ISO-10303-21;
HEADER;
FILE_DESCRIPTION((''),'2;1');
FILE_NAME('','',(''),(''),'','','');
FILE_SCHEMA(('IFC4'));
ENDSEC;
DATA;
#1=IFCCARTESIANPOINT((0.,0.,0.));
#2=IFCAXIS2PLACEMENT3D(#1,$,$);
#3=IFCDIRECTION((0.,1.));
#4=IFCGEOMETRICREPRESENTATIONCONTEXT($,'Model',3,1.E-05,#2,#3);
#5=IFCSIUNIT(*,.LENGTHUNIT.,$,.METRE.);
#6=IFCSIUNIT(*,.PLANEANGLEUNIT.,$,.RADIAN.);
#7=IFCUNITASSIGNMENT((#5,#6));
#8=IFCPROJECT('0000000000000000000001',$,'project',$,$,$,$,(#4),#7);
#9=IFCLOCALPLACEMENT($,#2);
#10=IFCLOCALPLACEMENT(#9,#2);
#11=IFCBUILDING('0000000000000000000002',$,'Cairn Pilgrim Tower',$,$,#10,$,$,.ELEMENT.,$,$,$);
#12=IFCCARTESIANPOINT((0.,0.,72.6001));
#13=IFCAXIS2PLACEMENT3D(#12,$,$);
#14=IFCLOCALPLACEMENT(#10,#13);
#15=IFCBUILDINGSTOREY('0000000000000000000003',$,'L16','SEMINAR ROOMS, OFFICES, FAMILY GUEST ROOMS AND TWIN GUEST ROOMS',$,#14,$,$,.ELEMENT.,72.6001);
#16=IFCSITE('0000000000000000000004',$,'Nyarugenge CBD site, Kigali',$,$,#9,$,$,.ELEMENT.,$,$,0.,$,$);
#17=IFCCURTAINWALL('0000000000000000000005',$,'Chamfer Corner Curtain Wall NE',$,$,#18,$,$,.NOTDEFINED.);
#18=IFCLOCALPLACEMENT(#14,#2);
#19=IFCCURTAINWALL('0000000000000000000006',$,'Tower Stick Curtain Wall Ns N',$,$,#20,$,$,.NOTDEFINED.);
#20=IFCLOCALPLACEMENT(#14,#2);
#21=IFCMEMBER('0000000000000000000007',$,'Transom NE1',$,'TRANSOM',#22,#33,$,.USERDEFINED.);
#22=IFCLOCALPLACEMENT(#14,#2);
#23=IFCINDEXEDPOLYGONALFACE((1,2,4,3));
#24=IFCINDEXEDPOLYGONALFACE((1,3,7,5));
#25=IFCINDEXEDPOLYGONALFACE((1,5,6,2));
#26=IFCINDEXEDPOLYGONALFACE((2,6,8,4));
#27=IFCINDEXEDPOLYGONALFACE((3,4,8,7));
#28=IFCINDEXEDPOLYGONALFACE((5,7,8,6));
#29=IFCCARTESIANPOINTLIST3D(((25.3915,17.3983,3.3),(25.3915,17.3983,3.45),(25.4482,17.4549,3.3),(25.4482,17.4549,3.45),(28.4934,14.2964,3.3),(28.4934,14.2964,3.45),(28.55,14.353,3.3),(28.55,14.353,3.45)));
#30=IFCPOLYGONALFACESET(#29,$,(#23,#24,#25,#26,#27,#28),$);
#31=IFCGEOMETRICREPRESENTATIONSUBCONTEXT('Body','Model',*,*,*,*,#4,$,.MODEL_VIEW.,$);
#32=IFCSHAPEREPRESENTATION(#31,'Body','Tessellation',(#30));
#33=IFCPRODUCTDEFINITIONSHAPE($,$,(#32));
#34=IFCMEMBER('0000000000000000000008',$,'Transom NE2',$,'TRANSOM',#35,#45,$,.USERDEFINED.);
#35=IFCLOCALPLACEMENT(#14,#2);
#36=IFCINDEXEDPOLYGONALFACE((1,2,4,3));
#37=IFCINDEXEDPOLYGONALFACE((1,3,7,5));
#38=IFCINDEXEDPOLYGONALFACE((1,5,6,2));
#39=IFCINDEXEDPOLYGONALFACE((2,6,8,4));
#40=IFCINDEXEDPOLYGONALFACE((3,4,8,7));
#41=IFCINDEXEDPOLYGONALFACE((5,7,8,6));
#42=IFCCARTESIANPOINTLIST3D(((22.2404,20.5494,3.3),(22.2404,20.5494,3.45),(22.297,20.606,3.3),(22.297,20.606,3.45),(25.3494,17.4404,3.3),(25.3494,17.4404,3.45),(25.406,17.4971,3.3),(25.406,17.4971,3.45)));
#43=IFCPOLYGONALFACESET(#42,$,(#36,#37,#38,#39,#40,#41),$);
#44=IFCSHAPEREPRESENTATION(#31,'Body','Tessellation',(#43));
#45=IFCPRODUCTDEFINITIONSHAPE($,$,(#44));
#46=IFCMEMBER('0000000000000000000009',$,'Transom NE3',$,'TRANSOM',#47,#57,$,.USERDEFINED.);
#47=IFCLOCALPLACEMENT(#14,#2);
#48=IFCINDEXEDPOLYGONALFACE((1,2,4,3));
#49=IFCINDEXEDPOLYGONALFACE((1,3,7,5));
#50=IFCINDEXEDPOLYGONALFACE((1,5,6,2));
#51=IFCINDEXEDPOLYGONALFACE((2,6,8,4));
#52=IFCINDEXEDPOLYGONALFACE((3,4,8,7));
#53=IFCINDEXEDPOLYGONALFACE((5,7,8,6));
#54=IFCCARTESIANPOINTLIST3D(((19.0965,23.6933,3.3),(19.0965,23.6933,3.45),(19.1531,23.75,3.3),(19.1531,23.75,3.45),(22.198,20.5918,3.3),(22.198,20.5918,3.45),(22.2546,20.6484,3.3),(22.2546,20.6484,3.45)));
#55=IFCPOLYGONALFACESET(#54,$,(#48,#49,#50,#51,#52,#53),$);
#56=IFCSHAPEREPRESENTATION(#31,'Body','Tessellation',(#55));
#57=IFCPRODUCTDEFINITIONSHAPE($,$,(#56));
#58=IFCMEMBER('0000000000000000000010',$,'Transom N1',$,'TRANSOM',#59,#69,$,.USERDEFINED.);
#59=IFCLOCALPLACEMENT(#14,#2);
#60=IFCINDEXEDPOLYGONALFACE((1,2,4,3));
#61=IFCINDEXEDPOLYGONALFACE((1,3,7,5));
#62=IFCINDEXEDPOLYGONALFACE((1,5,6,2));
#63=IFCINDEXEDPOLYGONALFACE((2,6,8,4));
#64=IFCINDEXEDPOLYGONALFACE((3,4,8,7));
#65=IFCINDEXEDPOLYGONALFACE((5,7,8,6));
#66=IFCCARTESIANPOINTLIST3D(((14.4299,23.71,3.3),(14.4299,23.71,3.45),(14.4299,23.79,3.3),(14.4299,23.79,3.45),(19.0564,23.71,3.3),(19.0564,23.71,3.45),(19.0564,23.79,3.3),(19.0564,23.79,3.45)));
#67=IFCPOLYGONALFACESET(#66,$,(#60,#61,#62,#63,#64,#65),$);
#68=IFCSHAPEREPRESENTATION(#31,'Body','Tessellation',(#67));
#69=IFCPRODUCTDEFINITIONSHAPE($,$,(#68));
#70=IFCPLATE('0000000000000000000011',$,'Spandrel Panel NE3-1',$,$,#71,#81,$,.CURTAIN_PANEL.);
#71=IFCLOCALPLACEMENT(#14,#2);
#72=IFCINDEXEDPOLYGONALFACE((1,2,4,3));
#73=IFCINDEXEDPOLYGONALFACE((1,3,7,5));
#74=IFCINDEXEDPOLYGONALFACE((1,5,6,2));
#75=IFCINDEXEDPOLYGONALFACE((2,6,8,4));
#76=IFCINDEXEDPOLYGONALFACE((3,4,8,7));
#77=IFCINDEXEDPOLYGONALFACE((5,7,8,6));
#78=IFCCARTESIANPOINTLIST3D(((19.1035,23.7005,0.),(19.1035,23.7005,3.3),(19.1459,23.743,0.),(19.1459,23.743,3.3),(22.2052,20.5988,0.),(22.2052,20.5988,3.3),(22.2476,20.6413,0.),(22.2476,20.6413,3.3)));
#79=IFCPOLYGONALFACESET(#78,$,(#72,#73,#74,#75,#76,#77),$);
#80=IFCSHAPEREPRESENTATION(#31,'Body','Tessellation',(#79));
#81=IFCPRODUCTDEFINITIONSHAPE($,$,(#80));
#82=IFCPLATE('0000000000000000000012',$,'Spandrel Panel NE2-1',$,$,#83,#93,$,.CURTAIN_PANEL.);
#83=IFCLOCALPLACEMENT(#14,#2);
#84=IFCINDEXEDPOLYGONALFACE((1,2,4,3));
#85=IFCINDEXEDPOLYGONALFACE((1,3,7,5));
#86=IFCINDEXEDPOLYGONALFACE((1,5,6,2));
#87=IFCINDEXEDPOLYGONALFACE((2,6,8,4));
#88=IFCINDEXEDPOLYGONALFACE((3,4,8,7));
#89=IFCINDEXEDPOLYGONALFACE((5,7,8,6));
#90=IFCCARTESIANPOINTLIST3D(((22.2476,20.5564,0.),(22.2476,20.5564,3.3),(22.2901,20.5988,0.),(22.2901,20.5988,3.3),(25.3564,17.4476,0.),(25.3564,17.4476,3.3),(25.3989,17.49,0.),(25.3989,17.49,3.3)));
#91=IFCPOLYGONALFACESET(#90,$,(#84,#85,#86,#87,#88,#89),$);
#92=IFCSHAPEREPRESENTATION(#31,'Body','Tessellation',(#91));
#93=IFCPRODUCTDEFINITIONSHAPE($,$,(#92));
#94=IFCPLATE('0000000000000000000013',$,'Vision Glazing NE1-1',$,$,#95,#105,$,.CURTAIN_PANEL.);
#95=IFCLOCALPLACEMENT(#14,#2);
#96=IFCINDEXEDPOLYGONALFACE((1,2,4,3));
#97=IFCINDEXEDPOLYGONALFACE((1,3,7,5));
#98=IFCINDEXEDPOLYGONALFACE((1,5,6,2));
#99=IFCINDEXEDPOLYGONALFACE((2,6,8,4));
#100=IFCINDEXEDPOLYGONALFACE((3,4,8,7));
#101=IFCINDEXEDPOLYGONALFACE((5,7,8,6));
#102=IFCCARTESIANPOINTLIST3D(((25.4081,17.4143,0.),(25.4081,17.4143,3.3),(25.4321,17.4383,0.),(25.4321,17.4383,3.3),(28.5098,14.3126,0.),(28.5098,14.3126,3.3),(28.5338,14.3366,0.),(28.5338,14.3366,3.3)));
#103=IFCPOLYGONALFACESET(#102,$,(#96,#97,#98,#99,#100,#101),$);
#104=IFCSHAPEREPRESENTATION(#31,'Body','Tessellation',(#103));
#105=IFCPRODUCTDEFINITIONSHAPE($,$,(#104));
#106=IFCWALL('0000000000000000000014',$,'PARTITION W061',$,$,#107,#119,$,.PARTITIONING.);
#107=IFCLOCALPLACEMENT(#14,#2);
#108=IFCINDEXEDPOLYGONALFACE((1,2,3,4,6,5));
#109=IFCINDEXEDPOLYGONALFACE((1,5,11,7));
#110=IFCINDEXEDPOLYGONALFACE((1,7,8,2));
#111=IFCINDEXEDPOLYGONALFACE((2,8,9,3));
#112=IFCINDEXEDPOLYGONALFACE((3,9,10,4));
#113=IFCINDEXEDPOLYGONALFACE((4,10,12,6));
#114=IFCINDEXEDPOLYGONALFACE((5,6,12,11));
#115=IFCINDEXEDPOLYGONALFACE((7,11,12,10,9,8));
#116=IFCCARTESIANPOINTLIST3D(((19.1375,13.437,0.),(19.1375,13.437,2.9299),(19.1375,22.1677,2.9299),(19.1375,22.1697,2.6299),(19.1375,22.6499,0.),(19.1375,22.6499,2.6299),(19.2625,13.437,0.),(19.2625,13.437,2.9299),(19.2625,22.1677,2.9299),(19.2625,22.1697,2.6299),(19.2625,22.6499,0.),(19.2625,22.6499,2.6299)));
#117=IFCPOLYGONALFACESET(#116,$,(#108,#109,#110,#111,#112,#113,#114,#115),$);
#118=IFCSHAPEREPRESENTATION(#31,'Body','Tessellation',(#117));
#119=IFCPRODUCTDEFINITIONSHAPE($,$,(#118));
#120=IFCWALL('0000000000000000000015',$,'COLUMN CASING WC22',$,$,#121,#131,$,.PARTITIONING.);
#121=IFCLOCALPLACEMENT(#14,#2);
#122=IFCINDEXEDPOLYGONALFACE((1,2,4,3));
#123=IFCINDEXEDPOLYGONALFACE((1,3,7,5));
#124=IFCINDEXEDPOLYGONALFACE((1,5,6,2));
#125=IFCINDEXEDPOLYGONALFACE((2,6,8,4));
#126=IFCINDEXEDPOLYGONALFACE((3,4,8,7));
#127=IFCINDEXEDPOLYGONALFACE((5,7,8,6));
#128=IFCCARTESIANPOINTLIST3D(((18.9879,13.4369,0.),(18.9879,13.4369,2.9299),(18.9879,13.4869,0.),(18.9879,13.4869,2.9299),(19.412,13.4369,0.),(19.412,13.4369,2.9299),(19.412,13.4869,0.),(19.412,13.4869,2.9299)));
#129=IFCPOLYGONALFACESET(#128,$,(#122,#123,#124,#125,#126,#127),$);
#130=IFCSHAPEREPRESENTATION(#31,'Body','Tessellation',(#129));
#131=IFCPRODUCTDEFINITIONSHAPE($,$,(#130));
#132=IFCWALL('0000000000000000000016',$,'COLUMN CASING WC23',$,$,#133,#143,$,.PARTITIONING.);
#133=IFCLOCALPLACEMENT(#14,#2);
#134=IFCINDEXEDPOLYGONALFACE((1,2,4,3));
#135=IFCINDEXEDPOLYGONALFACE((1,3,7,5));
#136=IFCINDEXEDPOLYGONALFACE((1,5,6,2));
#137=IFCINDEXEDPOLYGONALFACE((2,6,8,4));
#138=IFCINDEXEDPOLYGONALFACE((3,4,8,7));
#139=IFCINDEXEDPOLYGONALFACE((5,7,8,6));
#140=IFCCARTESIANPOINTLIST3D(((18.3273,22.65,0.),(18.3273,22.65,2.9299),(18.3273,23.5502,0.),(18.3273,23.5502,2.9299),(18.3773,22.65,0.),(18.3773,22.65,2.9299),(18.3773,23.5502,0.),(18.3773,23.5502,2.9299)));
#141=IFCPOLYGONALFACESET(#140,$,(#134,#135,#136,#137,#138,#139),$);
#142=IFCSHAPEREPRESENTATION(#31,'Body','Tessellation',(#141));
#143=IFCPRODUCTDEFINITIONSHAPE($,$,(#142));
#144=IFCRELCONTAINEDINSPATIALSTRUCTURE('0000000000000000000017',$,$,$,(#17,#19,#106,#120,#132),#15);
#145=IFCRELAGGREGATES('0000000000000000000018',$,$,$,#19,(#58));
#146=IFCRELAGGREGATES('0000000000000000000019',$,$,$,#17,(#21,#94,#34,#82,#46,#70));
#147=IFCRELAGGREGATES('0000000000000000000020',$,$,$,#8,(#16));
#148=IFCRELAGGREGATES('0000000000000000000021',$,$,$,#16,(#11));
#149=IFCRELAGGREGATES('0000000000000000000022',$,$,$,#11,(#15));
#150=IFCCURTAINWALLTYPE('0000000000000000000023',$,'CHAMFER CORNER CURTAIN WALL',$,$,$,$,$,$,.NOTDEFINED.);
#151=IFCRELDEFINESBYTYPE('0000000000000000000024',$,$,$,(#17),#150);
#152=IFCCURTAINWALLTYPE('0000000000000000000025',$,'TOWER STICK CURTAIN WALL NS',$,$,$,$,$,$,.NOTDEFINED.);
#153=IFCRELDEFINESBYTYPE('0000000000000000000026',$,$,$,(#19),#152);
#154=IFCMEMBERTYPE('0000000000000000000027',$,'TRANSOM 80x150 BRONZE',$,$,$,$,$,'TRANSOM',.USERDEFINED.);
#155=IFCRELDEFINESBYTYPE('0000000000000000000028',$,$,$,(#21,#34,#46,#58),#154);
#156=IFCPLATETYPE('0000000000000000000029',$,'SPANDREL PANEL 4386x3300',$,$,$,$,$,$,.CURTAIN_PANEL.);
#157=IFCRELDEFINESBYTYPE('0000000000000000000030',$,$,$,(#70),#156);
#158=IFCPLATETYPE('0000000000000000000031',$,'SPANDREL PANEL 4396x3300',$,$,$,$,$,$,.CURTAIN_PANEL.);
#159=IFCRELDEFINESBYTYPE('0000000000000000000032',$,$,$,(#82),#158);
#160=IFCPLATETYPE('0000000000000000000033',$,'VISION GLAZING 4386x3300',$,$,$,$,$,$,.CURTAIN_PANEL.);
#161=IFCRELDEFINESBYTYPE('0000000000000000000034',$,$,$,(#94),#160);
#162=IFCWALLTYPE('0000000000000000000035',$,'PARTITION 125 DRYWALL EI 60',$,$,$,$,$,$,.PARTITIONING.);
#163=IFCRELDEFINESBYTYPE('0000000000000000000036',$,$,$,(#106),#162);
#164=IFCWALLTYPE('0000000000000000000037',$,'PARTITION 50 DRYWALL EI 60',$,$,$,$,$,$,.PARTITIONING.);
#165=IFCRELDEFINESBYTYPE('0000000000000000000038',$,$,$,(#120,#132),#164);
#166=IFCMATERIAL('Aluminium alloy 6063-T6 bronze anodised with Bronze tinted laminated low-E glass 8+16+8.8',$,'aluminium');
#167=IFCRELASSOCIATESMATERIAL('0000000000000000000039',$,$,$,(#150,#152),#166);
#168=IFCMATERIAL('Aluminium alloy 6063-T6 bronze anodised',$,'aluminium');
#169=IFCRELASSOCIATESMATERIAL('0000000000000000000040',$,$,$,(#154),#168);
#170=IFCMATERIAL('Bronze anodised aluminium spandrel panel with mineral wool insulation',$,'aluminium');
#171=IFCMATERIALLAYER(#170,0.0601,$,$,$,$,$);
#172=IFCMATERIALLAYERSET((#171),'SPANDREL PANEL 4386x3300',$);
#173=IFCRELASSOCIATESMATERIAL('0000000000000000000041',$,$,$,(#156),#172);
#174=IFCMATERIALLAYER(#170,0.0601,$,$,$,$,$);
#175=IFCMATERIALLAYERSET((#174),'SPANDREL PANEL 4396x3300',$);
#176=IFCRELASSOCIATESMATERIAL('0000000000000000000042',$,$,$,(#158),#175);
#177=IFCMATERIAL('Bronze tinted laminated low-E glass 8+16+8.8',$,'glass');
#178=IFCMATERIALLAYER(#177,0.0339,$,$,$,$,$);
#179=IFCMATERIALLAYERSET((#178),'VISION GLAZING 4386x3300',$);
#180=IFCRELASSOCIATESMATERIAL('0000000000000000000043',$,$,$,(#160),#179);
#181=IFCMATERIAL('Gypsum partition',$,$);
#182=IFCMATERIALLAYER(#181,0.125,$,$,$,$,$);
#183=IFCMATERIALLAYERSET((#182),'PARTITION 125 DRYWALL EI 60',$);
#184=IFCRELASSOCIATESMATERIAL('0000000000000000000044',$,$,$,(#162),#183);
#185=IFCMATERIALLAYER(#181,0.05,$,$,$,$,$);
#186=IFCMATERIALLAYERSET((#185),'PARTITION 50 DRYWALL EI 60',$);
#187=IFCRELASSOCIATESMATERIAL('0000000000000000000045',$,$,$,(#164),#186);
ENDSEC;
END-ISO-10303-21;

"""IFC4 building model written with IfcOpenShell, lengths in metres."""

from ifc_helpers import new_model, si_unit, direction, frame, frame_2d, origin, origin_2d, place, context, subcontext, project, spatial, polyline, rectangle, outline, extrude, material, layer, layer_set, material_profile, profile_set, type_object, element, aggregate, save


model = new_model("IFC4")

# Units and contexts
model_context = context("Model", 3, precision=1e-05, world=origin(), true_north=direction((0.0, 1.0)))
body_context = subcontext(model_context, "Body", "Model", "MODEL_VIEW")
ifc_project = project(units=[si_unit("LENGTHUNIT", "METRE"), si_unit("PLANEANGLEUNIT", "RADIAN")], contexts=[model_context])

# Site, building, storey
site_placement = place(None, origin())
site = spatial("IfcSite", under=ifc_project, at=site_placement, Name="Nyarugenge CBD site, Kigali", CompositionType="ELEMENT", RefElevation=0.0)
building_placement = place(site_placement, origin())
building = spatial("IfcBuilding", under=site, at=building_placement, Name="Cairn Pilgrim Tower", CompositionType="ELEMENT")
storey_placement = place(building_placement, frame((0.0, 0.0, 72.6001)))
storey = spatial("IfcBuildingStorey", under=building, at=storey_placement, Name="L16", Description="SEMINAR ROOMS, OFFICES, FAMILY GUEST ROOMS AND TWIN GUEST ROOMS", CompositionType="ELEMENT", Elevation=72.6001)

# Curtain wall
ifc_material_1 = material(Name="Aluminium alloy 6063-T6 bronze anodised with Bronze tinted laminated low-E glass 8+16+8.8", Category="aluminium")
curtain_wall_type_1 = type_object("IfcCurtainWallType", Name="CHAMFER CORNER CURTAIN WALL", PredefinedType="NOTDEFINED", material=ifc_material_1)
curtain_wall_1_placement = place(storey_placement, origin())
curtain_wall_1 = element("IfcCurtainWall", 1, at=curtain_wall_1_placement, inside=storey, type_object=curtain_wall_type_1, Name="Chamfer Corner Curtain Wall NE", PredefinedType="NOTDEFINED")
ifc_material_2 = material(Name="Aluminium alloy 6063-T6 bronze anodised", Category="aluminium")

# Curtain wall
curtain_wall_type_2 = type_object("IfcCurtainWallType", Name="TOWER STICK CURTAIN WALL NS", PredefinedType="NOTDEFINED", material=ifc_material_1)
curtain_wall_2_placement = place(storey_placement, origin())
curtain_wall_2 = element("IfcCurtainWall", 2, at=curtain_wall_2_placement, inside=storey, type_object=curtain_wall_type_2, Name="Tower Stick Curtain Wall Ns N", PredefinedType="NOTDEFINED")

# Members
ifc_material_profile_1 = material_profile(ifc_material_2, rectangle(XDim=0.0801, YDim=0.1499, at=origin_2d()), Name="TRANSOM 80x150 BRONZE")
ifc_profile_set_1 = profile_set([ifc_material_profile_1], Name="Aluminium alloy 6063-T6 bronze anodised")
member_type_1 = type_object("IfcMemberType", Name="TRANSOM 80x150 BRONZE", ElementType="TRANSOM", PredefinedType="USERDEFINED", material=ifc_profile_set_1)
member_1_placement = place(storey_placement, frame((28.5217, 14.3247, 3.375), z_axis=(-0.707107, 0.707107, 0.0), x_axis=(-0.707107, -0.707107, 0.0)))
member_1 = element("IfcMember", 3, at=member_1_placement, type_object=member_type_1, Name="Transom NE1", ObjectType="TRANSOM", PredefinedType="USERDEFINED", context=body_context, shape_type="SweptSolid", body=[
    extrude(rectangle(XDim=0.0801, YDim=0.1499, at=origin_2d()), origin(), (0.0, 0.0, 1.0), 4.3867),
])
member_2_placement = place(storey_placement, frame((25.3777, 17.4688, 3.375), z_axis=(-0.707107, 0.707107, 0.0), x_axis=(-0.707107, -0.707107, 0.0)))
member_2 = element("IfcMember", 4, at=member_2_placement, type_object=member_type_1, Name="Transom NE2", ObjectType="TRANSOM", PredefinedType="USERDEFINED", context=body_context, shape_type="SweptSolid", body=[
    extrude(rectangle(XDim=0.0801, YDim=0.1499, at=origin_2d()), origin(), (0.0, 0.0, 1.0), 4.3967),
])
member_3_placement = place(storey_placement, frame((22.2263, 20.6201, 3.375), z_axis=(-0.707107, 0.707107, 0.0), x_axis=(-0.707107, -0.707107, 0.0)))
member_3 = element("IfcMember", 5, at=member_3_placement, type_object=member_type_1, Name="Transom NE3", ObjectType="TRANSOM", PredefinedType="USERDEFINED", context=body_context, shape_type="SweptSolid", body=[
    extrude(rectangle(XDim=0.0801, YDim=0.1499, at=origin_2d()), origin(), (0.0, 0.0, 1.0), 4.3862),
])
member_4_placement = place(storey_placement, frame((19.0564, 23.75, 3.375), z_axis=(-1.0, 0.0, 0.0), x_axis=(0.0, -1.0, 0.0)))
member_4 = element("IfcMember", 6, at=member_4_placement, type_object=member_type_1, Name="Transom N1", ObjectType="TRANSOM", PredefinedType="USERDEFINED", context=body_context, shape_type="SweptSolid", body=[
    extrude(rectangle(XDim=0.0801, YDim=0.1499, at=origin_2d()), origin(), (0.0, 0.0, 1.0), 4.6265),
])
aggregate(curtain_wall_2, [member_4])

# Plates
ifc_material_3 = material(Name="Bronze anodised aluminium spandrel panel with mineral wool insulation", Category="aluminium")
ifc_layer_1 = layer(ifc_material_3, 0.0601)
ifc_layer_set_1 = layer_set([ifc_layer_1], Name="SPANDREL PANEL 4386x3300")
plate_type_1 = type_object("IfcPlateType", Name="SPANDREL PANEL 4386x3300", PredefinedType="CURTAIN_PANEL", material=ifc_layer_set_1)
plate_1_placement = place(storey_placement, frame((20.6755, 22.1709, 0.0), z_axis=(0.0, 0.0, 1.0), x_axis=(-0.707107, 0.707107, 0.0)))
plate_1 = element("IfcPlate", 7, at=plate_1_placement, type_object=plate_type_1, Name="Spandrel Panel NE3-1", PredefinedType="CURTAIN_PANEL", context=body_context, shape_type="SweptSolid", body=[
    extrude(rectangle(XDim=4.3865, YDim=0.0601, at=origin_2d()), origin(), (0.0, 0.0, 1.0), 3.3),
])
ifc_layer_2 = layer(ifc_material_3, 0.0601)
ifc_layer_set_2 = layer_set([ifc_layer_2], Name="SPANDREL PANEL 4396x3300")
plate_type_2 = type_object("IfcPlateType", Name="SPANDREL PANEL 4396x3300", PredefinedType="CURTAIN_PANEL", material=ifc_layer_set_2)
plate_2_placement = place(storey_placement, frame((23.8232, 19.0232, 0.0), z_axis=(0.0, 0.0, 1.0), x_axis=(-0.707107, 0.707107, 0.0)))
plate_2 = element("IfcPlate", 8, at=plate_2_placement, type_object=plate_type_2, Name="Spandrel Panel NE2-1", PredefinedType="CURTAIN_PANEL", context=body_context, shape_type="SweptSolid", body=[
    extrude(rectangle(XDim=4.3965, YDim=0.0601, at=origin_2d()), origin(), (0.0, 0.0, 1.0), 3.3),
])
ifc_material_4 = material(Name="Bronze tinted laminated low-E glass 8+16+8.8", Category="glass")
ifc_layer_3 = layer(ifc_material_4, 0.0339)
ifc_layer_set_3 = layer_set([ifc_layer_3], Name="VISION GLAZING 4386x3300")
plate_type_3 = type_object("IfcPlateType", Name="VISION GLAZING 4386x3300", PredefinedType="CURTAIN_PANEL", material=ifc_layer_set_3)
plate_3_placement = place(storey_placement, frame((26.9709, 15.8755, 0.0), z_axis=(0.0, 0.0, 1.0), x_axis=(-0.707107, 0.707107, 0.0)))
plate_3 = element("IfcPlate", 9, at=plate_3_placement, type_object=plate_type_3, Name="Vision Glazing NE1-1", PredefinedType="CURTAIN_PANEL", context=body_context, shape_type="SweptSolid", body=[
    extrude(rectangle(XDim=4.3865, YDim=0.0339, at=origin_2d()), origin(), (0.0, 0.0, 1.0), 3.3),
])
aggregate(curtain_wall_1, [member_1, plate_3, member_2, plate_2, member_3, plate_1])

# Walls
ifc_material_5 = material(Name="Gypsum partition")
ifc_layer_4 = layer(ifc_material_5, 0.125)
ifc_layer_set_4 = layer_set([ifc_layer_4], Name="PARTITION 125 DRYWALL EI 60")
wall_type_1 = type_object("IfcWallType", Name="PARTITION 125 DRYWALL EI 60", PredefinedType="PARTITIONING", material=ifc_layer_set_4)
wall_1_placement = place(storey_placement, frame((19.2, 13.437, 0.0), z_axis=(0.0, 0.0, 1.0), x_axis=(0.0, 1.0, 0.0)))
element("IfcWall", 10, at=wall_1_placement, inside=storey, type_object=wall_type_1, Name="PARTITION W061", PredefinedType="PARTITIONING", context=body_context, shape_type="SweptSolid", body=[
    extrude(outline(polyline([(0.0, 0.0), (9.2129, 0.0), (9.2129, 2.6299), (8.7327, 2.6299), (8.7307, 2.9299), (0.0, 2.9299), (0.0, 0.0)])), frame((0.0, 0.0625, 0.0), z_axis=(0.0, -1.0, 0.0), x_axis=(1.0, 0.0, 0.0)), (0.0, 0.0, 1.0), 0.125),
])
ifc_layer_5 = layer(ifc_material_5, 0.05)
ifc_layer_set_5 = layer_set([ifc_layer_5], Name="PARTITION 50 DRYWALL EI 60")
wall_type_2 = type_object("IfcWallType", Name="PARTITION 50 DRYWALL EI 60", PredefinedType="PARTITIONING", material=ifc_layer_set_5)
wall_2_placement = place(storey_placement, frame((18.988, 13.4619, 0.0), z_axis=(0.0, 0.0, 1.0), x_axis=(1.0, 0.0, 0.0)))
element("IfcWall", 11, at=wall_2_placement, inside=storey, type_object=wall_type_2, Name="COLUMN CASING WC22", PredefinedType="PARTITIONING", context=body_context, shape_type="SweptSolid", body=[
    extrude(rectangle(XDim=0.4241, YDim=0.05, at=frame_2d((0.2119, 0.0))), origin(), (0.0, 0.0, 1.0), 2.9299),
])
wall_3_placement = place(storey_placement, frame((18.3523, 22.6499, 0.0), z_axis=(0.0, 0.0, 1.0), x_axis=(0.0, 1.0, 0.0)))
element("IfcWall", 12, at=wall_3_placement, inside=storey, type_object=wall_type_2, Name="COLUMN CASING WC23", PredefinedType="PARTITIONING", context=body_context, shape_type="SweptSolid", body=[
    extrude(rectangle(XDim=0.9001, YDim=0.05, at=frame_2d((0.4502, 0.0))), origin(), (0.0, 0.0, 1.0), 2.9299),
])

save(model, "model.ifc")
